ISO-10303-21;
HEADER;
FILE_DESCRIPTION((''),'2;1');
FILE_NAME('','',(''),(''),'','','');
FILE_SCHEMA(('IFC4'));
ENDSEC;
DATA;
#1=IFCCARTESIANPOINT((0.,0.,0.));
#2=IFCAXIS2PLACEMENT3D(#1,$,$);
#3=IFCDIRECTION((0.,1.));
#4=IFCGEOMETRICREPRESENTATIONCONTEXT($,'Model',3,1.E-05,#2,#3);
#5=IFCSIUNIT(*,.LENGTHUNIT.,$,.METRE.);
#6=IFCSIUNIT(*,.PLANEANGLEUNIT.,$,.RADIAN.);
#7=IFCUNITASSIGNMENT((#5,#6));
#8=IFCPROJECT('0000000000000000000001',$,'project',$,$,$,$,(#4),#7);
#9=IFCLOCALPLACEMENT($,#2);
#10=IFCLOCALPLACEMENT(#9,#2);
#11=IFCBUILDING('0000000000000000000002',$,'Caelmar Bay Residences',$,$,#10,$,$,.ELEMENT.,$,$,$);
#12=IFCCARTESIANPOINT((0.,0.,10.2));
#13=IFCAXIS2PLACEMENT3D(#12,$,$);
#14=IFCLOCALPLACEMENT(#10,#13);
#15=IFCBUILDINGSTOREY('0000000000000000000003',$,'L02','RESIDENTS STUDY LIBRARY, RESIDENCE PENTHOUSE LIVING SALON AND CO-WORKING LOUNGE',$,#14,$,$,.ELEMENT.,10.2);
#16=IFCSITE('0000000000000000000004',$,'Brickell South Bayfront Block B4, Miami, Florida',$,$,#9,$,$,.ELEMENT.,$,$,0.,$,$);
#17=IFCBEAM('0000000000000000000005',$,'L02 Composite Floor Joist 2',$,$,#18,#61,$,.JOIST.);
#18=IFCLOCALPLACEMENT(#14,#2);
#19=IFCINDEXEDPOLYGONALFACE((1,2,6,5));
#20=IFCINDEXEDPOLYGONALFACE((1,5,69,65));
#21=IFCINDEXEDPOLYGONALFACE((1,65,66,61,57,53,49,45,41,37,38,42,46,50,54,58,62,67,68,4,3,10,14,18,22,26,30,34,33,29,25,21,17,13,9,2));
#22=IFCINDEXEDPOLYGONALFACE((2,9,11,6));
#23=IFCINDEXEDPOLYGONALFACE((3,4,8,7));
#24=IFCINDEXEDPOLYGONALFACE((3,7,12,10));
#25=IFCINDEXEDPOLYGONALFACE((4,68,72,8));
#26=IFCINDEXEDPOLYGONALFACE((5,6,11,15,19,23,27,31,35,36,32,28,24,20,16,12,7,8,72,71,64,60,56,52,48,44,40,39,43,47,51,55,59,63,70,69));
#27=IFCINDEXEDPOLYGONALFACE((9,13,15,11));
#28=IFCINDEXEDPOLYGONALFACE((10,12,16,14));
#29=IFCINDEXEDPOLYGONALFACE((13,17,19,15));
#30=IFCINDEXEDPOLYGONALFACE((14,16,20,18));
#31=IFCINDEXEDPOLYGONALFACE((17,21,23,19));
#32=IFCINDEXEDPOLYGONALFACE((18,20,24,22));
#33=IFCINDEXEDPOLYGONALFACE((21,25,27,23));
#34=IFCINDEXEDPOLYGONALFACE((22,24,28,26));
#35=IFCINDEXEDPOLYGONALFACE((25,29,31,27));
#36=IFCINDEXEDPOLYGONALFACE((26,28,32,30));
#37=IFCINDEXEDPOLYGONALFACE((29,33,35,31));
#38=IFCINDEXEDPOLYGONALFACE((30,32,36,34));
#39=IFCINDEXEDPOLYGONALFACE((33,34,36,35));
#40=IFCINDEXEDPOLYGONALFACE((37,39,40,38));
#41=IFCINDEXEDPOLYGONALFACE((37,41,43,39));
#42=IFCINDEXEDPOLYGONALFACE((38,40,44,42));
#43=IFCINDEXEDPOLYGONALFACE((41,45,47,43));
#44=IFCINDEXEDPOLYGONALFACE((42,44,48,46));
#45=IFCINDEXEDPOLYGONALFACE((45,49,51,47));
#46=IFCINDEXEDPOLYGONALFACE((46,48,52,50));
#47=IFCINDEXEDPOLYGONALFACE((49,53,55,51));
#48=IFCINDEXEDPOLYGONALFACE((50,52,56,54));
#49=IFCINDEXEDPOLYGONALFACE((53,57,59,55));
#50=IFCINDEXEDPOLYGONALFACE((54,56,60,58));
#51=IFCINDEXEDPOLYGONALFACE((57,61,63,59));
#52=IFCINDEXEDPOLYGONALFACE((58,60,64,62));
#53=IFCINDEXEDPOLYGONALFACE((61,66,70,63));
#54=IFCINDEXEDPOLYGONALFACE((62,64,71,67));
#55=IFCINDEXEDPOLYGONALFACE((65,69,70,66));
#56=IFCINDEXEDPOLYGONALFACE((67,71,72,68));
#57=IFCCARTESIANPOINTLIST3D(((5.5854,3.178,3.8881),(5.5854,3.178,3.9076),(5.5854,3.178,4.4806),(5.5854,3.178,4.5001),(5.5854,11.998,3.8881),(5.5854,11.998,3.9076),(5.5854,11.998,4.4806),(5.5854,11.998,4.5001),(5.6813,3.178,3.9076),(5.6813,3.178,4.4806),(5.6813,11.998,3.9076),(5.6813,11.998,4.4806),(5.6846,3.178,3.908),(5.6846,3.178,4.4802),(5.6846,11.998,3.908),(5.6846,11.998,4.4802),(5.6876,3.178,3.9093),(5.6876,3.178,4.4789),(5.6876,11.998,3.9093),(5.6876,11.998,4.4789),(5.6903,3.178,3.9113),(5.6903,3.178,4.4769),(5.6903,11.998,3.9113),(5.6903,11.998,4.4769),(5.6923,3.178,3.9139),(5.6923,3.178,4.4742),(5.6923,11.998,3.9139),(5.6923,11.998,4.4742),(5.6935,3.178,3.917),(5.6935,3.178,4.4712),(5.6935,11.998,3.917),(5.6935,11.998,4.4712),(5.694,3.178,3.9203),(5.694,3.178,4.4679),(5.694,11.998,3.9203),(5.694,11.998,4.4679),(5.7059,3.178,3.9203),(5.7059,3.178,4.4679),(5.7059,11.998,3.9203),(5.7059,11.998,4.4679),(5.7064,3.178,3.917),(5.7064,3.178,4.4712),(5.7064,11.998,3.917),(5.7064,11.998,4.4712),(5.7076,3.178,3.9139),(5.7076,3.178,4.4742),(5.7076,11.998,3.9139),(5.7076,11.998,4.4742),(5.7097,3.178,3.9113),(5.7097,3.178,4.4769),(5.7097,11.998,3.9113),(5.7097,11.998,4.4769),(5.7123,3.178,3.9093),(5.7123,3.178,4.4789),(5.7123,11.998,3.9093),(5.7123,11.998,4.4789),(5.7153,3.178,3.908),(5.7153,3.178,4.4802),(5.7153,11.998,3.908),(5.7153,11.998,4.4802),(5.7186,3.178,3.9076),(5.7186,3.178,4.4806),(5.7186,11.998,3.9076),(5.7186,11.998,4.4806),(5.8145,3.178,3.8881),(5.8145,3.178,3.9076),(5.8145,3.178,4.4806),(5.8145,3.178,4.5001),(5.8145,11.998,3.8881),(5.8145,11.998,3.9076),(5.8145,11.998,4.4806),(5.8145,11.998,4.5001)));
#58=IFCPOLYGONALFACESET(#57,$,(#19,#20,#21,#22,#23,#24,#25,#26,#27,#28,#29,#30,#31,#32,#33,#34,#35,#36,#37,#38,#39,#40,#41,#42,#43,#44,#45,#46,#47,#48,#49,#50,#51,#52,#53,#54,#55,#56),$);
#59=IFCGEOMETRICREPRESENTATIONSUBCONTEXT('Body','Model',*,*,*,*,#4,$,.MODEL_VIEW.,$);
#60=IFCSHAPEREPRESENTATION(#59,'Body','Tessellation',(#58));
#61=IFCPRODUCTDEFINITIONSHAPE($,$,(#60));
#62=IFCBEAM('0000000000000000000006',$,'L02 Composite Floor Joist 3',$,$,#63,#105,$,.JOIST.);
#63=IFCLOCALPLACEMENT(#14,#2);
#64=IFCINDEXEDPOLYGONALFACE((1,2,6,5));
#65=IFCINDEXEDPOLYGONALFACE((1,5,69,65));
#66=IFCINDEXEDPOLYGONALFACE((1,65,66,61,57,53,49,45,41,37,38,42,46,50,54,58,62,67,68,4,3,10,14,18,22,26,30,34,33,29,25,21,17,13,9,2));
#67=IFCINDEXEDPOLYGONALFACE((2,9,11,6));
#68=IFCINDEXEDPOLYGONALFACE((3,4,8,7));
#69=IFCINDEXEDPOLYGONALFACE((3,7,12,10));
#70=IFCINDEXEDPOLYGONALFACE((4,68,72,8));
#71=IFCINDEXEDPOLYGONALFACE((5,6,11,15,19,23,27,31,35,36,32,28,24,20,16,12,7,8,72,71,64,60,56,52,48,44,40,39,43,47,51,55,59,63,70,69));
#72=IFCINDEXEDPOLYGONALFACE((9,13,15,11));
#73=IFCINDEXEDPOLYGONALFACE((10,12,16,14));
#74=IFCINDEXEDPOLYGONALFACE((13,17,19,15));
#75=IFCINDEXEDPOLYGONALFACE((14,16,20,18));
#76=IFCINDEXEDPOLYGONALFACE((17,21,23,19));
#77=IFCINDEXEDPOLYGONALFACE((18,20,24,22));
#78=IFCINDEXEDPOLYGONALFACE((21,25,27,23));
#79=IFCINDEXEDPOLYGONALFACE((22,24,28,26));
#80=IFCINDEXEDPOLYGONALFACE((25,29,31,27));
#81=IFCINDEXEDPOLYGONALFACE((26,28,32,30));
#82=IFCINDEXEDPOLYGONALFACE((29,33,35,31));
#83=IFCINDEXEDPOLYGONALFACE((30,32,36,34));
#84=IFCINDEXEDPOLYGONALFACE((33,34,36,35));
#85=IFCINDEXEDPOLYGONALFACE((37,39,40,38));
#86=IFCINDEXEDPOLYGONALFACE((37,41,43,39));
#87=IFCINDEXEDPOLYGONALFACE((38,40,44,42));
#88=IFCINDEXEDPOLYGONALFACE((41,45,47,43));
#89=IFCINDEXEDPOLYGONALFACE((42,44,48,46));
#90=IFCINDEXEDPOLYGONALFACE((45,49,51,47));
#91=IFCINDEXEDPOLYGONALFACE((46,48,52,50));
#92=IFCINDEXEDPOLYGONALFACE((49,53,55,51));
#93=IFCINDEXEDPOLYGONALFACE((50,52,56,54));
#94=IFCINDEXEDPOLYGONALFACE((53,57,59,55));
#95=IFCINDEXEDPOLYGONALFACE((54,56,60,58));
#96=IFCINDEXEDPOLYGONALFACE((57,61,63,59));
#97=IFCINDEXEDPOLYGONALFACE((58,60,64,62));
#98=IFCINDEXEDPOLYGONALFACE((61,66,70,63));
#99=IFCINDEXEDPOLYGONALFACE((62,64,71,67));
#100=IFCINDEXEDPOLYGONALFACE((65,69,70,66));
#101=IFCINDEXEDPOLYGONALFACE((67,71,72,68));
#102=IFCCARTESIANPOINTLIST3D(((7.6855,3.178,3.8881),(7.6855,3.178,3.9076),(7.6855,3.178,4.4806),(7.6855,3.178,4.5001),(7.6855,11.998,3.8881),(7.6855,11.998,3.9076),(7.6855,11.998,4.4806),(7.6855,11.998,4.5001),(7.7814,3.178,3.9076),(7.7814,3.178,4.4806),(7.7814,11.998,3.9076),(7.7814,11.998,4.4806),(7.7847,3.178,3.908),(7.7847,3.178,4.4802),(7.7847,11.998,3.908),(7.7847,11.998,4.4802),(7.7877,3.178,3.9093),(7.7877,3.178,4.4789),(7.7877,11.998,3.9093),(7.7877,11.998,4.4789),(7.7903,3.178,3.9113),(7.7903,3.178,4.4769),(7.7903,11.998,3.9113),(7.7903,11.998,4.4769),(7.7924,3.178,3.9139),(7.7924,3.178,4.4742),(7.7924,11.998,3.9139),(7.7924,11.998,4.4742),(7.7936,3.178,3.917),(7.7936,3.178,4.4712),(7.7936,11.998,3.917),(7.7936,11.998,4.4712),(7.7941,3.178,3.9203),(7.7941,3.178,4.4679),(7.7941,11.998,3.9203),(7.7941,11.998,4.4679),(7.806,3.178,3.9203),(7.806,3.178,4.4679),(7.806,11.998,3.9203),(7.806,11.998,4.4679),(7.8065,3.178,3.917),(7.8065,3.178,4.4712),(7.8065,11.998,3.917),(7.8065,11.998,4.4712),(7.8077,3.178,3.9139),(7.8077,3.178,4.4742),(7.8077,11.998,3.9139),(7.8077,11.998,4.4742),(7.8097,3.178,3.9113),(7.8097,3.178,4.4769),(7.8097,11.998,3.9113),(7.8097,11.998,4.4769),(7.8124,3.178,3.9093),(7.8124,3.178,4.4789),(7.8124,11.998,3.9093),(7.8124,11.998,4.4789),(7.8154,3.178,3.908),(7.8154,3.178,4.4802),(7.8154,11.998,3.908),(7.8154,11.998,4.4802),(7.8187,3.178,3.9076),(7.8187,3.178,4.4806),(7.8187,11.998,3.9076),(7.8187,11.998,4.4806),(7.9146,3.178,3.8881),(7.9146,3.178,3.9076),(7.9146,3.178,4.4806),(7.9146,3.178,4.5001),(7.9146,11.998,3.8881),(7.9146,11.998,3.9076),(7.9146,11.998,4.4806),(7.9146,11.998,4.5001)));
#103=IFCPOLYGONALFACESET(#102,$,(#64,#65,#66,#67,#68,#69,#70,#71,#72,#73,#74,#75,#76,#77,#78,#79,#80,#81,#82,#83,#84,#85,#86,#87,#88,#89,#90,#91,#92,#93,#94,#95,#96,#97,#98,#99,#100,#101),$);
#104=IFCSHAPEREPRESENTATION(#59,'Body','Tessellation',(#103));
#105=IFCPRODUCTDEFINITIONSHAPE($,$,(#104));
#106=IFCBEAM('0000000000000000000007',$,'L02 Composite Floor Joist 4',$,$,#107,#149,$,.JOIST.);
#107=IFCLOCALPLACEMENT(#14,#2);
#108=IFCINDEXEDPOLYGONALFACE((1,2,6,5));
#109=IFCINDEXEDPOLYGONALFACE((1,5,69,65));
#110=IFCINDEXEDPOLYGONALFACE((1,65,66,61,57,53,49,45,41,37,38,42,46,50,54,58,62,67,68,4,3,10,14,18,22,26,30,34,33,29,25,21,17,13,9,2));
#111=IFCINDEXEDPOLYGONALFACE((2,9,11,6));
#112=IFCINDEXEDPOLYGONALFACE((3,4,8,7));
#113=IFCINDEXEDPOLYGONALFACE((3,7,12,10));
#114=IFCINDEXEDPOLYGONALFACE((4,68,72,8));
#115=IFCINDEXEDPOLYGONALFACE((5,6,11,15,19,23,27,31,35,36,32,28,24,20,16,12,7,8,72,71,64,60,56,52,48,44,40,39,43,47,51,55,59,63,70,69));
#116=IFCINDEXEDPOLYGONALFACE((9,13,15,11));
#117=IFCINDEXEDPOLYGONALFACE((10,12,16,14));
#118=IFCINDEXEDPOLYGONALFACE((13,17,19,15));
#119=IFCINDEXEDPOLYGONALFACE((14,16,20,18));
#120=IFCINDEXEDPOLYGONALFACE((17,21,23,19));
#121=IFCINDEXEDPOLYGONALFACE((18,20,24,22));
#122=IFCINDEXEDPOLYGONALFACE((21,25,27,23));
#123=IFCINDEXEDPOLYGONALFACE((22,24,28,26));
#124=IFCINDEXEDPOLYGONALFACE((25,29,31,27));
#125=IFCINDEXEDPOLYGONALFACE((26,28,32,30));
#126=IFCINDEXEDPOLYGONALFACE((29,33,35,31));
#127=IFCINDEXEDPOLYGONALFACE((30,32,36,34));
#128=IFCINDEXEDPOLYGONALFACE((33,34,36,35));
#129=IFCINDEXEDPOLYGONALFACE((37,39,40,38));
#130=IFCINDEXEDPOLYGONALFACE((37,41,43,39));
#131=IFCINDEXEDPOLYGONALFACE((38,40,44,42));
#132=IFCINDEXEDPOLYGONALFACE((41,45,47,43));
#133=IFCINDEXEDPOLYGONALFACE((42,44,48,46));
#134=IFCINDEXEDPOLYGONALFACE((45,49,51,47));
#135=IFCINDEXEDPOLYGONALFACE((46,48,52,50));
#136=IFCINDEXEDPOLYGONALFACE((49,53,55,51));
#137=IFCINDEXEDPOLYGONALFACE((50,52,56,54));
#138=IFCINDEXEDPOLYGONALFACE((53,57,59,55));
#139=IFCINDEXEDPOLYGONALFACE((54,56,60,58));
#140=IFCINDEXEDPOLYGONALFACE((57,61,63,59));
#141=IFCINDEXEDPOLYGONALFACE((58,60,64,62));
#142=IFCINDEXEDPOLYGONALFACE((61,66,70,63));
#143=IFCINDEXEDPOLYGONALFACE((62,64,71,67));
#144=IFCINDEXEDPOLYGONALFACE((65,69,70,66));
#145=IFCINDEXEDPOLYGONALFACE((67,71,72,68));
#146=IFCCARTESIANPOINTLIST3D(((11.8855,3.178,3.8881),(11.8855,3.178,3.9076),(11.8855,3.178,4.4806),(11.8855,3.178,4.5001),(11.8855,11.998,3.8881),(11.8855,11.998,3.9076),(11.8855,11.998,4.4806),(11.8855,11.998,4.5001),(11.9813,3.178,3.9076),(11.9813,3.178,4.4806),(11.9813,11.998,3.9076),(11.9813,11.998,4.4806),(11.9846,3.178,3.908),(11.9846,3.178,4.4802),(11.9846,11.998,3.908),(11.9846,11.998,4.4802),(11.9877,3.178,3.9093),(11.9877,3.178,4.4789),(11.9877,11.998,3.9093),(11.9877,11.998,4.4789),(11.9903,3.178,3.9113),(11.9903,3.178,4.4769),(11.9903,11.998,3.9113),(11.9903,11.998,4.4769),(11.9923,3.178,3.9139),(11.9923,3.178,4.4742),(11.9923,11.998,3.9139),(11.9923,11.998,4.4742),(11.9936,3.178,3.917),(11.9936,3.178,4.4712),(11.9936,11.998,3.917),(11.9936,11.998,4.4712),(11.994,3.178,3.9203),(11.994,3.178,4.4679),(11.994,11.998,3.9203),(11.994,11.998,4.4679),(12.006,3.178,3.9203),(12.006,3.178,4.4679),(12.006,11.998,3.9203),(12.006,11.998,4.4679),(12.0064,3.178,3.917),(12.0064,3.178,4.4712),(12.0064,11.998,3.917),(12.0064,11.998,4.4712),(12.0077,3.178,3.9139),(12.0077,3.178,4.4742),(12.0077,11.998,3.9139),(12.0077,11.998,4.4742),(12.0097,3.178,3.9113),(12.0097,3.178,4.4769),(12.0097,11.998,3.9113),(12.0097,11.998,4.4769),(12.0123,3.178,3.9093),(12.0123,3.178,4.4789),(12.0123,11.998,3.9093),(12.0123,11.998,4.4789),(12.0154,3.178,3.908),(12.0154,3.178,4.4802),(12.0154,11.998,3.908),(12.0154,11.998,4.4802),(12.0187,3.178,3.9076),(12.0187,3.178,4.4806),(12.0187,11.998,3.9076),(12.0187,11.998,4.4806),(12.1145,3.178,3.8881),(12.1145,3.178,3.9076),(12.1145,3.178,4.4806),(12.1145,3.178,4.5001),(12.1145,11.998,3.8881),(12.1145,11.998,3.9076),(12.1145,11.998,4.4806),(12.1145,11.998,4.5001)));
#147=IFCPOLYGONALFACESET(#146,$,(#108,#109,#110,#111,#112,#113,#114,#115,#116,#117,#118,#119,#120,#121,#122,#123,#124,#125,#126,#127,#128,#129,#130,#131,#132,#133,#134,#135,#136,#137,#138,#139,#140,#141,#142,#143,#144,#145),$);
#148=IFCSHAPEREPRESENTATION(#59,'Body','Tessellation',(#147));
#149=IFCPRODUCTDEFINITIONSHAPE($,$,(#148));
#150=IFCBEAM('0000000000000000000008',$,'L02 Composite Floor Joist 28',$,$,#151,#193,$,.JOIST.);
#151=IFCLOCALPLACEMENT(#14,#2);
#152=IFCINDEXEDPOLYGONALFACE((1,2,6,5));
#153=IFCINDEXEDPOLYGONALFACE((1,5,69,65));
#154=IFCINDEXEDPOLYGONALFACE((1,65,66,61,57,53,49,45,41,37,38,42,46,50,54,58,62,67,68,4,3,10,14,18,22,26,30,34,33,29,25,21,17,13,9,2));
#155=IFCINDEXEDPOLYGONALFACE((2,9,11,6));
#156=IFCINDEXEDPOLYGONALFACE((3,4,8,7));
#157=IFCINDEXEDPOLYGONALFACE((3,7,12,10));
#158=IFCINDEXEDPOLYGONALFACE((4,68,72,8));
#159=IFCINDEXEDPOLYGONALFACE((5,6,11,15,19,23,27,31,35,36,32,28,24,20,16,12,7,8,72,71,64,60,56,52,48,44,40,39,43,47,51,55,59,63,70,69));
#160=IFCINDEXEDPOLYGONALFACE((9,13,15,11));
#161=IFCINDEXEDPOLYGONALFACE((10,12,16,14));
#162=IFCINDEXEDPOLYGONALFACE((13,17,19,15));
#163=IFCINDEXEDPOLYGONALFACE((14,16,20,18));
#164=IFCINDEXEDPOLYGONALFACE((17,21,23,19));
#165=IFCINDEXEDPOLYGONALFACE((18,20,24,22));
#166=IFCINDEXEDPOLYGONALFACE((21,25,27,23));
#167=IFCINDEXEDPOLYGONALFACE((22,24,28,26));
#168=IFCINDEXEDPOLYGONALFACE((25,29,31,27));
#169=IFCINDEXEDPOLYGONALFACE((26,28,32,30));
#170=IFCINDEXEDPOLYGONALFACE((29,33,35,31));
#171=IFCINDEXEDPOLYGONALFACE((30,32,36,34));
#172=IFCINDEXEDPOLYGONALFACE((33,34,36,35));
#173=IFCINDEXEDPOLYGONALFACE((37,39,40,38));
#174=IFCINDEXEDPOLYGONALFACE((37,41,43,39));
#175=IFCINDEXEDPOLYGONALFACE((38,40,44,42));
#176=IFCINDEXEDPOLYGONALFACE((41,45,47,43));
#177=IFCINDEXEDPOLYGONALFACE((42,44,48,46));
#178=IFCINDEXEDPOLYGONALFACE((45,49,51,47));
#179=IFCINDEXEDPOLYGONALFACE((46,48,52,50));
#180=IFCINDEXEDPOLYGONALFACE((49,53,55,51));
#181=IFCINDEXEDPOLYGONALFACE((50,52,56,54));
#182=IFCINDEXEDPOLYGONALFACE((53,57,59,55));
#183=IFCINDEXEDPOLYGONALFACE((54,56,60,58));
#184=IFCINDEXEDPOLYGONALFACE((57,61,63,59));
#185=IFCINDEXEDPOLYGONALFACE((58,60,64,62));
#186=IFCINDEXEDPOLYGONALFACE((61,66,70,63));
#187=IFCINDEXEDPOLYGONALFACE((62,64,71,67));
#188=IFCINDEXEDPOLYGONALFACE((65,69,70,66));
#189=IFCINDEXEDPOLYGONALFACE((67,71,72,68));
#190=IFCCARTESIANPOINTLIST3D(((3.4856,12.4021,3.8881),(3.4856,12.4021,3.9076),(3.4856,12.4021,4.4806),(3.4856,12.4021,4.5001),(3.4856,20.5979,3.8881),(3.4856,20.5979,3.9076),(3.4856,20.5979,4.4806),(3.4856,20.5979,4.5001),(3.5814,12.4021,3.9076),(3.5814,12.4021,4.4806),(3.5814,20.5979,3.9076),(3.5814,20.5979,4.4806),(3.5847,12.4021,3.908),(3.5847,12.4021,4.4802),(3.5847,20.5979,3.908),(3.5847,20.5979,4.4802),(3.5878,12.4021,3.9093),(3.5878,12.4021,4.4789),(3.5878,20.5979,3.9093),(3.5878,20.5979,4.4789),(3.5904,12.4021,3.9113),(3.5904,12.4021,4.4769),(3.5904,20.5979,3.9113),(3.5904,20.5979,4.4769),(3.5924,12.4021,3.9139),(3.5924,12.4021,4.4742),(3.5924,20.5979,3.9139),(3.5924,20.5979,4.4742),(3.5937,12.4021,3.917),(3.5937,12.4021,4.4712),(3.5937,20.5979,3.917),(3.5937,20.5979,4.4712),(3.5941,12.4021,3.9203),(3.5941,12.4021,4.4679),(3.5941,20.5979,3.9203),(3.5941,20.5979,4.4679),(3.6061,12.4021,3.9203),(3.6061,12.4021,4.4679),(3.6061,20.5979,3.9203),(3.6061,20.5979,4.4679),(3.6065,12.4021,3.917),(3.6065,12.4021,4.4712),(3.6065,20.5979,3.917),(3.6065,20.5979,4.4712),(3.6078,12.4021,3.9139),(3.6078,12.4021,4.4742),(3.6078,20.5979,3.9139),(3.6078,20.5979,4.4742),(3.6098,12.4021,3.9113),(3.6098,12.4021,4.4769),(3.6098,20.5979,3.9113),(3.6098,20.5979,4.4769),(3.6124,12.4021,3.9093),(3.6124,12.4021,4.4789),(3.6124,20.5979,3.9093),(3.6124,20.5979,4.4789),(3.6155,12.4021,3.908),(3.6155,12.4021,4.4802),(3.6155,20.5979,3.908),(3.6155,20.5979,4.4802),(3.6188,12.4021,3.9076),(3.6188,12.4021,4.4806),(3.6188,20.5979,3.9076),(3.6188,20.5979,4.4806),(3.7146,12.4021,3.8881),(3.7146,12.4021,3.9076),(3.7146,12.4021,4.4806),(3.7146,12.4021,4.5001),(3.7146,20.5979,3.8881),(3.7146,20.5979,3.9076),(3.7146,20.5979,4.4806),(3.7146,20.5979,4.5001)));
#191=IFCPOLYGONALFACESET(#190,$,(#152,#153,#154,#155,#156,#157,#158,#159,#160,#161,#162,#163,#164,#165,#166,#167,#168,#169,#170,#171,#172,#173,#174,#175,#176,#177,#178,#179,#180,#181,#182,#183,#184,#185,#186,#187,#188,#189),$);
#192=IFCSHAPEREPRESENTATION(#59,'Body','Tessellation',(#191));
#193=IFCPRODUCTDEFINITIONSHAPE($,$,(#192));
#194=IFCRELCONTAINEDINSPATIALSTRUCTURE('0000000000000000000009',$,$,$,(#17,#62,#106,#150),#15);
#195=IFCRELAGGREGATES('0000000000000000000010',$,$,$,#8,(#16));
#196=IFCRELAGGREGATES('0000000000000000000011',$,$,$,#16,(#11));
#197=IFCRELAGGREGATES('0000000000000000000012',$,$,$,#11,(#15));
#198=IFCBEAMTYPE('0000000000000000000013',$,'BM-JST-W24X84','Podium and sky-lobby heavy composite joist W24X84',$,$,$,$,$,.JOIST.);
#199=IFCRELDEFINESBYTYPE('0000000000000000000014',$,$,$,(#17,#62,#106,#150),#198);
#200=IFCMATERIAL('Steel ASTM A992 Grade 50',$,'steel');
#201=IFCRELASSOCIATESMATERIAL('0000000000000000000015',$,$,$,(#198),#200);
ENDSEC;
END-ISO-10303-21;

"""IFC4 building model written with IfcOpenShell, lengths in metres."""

from ifc_helpers import new_model, si_unit, direction, frame, origin, origin_2d, place, context, subcontext, project, spatial, i_section, extrude, material, material_profile, profile_set, type_object, element, save


model = new_model("IFC4")

# Units and contexts
model_context = context("Model", 3, precision=1e-05, world=origin(), true_north=direction((0.0, 1.0)))
body_context = subcontext(model_context, "Body", "Model", "MODEL_VIEW")
ifc_project = project(units=[si_unit("LENGTHUNIT", "METRE"), si_unit("PLANEANGLEUNIT", "RADIAN")], contexts=[model_context])

# Site, building, storey
site_placement = place(None, origin())
site = spatial("IfcSite", under=ifc_project, at=site_placement, Name="Brickell South Bayfront Block B4, Miami, Florida", CompositionType="ELEMENT", RefElevation=0.0)
building_placement = place(site_placement, origin())
building = spatial("IfcBuilding", under=site, at=building_placement, Name="Caelmar Bay Residences", CompositionType="ELEMENT")
storey_placement = place(building_placement, frame((0.0, 0.0, 10.2)))
storey = spatial("IfcBuildingStorey", under=building, at=storey_placement, Name="L02", Description="RESIDENTS STUDY LIBRARY, RESIDENCE PENTHOUSE LIVING SALON AND CO-WORKING LOUNGE", CompositionType="ELEMENT", Elevation=10.2)

# Beams
ifc_material_1 = material(Name="Steel ASTM A992 Grade 50", Category="steel")
ifc_material_profile_1 = material_profile(ifc_material_1, i_section(OverallWidth=0.229, OverallDepth=0.6121, WebThickness=0.012, FlangeThickness=0.0195, FilletRadius=0.0127, at=origin_2d()), Name="W24X84")
ifc_profile_set_1 = profile_set([ifc_material_profile_1], Name="Steel ASTM A992 Grade 50")
beam_type_1 = type_object("IfcBeamType", Name="BM-JST-W24X84", Description="Podium and sky-lobby heavy composite joist W24X84", PredefinedType="JOIST", material=ifc_profile_set_1)
for number, where, z_axis, x_axis, name in (
    (1, (5.7, 3.178, 4.1941), (0.0, 1.0, 0.0), (-1.0, 0.0, 0.0), "L02 Composite Floor Joist 2"),
    (2, (7.8, 3.178, 4.1941), (0.0, 1.0, 0.0), (-1.0, 0.0, 0.0), "L02 Composite Floor Joist 3"),
    (3, (12.0, 3.178, 4.1941), (0.0, 1.0, 0.0), (-1.0, 0.0, 0.0), "L02 Composite Floor Joist 4"),
):
    element("IfcBeam", number, at=place(storey_placement, frame(where, z_axis=z_axis, x_axis=x_axis)), inside=storey, type_object=beam_type_1, Name=name, PredefinedType="JOIST", context=body_context, shape_type="SweptSolid", body=[
        extrude(i_section(OverallWidth=0.229, OverallDepth=0.6121, WebThickness=0.012, FlangeThickness=0.0195, FilletRadius=0.0127, at=origin_2d()), origin(), (0.0, 0.0, 1.0), 8.8201),
    ])
for number, where, z_axis, x_axis, name in (
    (4, (3.6001, 12.4021, 4.1941), (0.0, 1.0, 0.0), (-1.0, 0.0, 0.0), "L02 Composite Floor Joist 28"),
):
    element("IfcBeam", number, at=place(storey_placement, frame(where, z_axis=z_axis, x_axis=x_axis)), inside=storey, type_object=beam_type_1, Name=name, PredefinedType="JOIST", context=body_context, shape_type="SweptSolid", body=[
        extrude(i_section(OverallWidth=0.229, OverallDepth=0.6121, WebThickness=0.012, FlangeThickness=0.0195, FilletRadius=0.0127, at=origin_2d()), origin(), (0.0, 0.0, 1.0), 8.1958),
    ])

save(model, "model.ifc")
